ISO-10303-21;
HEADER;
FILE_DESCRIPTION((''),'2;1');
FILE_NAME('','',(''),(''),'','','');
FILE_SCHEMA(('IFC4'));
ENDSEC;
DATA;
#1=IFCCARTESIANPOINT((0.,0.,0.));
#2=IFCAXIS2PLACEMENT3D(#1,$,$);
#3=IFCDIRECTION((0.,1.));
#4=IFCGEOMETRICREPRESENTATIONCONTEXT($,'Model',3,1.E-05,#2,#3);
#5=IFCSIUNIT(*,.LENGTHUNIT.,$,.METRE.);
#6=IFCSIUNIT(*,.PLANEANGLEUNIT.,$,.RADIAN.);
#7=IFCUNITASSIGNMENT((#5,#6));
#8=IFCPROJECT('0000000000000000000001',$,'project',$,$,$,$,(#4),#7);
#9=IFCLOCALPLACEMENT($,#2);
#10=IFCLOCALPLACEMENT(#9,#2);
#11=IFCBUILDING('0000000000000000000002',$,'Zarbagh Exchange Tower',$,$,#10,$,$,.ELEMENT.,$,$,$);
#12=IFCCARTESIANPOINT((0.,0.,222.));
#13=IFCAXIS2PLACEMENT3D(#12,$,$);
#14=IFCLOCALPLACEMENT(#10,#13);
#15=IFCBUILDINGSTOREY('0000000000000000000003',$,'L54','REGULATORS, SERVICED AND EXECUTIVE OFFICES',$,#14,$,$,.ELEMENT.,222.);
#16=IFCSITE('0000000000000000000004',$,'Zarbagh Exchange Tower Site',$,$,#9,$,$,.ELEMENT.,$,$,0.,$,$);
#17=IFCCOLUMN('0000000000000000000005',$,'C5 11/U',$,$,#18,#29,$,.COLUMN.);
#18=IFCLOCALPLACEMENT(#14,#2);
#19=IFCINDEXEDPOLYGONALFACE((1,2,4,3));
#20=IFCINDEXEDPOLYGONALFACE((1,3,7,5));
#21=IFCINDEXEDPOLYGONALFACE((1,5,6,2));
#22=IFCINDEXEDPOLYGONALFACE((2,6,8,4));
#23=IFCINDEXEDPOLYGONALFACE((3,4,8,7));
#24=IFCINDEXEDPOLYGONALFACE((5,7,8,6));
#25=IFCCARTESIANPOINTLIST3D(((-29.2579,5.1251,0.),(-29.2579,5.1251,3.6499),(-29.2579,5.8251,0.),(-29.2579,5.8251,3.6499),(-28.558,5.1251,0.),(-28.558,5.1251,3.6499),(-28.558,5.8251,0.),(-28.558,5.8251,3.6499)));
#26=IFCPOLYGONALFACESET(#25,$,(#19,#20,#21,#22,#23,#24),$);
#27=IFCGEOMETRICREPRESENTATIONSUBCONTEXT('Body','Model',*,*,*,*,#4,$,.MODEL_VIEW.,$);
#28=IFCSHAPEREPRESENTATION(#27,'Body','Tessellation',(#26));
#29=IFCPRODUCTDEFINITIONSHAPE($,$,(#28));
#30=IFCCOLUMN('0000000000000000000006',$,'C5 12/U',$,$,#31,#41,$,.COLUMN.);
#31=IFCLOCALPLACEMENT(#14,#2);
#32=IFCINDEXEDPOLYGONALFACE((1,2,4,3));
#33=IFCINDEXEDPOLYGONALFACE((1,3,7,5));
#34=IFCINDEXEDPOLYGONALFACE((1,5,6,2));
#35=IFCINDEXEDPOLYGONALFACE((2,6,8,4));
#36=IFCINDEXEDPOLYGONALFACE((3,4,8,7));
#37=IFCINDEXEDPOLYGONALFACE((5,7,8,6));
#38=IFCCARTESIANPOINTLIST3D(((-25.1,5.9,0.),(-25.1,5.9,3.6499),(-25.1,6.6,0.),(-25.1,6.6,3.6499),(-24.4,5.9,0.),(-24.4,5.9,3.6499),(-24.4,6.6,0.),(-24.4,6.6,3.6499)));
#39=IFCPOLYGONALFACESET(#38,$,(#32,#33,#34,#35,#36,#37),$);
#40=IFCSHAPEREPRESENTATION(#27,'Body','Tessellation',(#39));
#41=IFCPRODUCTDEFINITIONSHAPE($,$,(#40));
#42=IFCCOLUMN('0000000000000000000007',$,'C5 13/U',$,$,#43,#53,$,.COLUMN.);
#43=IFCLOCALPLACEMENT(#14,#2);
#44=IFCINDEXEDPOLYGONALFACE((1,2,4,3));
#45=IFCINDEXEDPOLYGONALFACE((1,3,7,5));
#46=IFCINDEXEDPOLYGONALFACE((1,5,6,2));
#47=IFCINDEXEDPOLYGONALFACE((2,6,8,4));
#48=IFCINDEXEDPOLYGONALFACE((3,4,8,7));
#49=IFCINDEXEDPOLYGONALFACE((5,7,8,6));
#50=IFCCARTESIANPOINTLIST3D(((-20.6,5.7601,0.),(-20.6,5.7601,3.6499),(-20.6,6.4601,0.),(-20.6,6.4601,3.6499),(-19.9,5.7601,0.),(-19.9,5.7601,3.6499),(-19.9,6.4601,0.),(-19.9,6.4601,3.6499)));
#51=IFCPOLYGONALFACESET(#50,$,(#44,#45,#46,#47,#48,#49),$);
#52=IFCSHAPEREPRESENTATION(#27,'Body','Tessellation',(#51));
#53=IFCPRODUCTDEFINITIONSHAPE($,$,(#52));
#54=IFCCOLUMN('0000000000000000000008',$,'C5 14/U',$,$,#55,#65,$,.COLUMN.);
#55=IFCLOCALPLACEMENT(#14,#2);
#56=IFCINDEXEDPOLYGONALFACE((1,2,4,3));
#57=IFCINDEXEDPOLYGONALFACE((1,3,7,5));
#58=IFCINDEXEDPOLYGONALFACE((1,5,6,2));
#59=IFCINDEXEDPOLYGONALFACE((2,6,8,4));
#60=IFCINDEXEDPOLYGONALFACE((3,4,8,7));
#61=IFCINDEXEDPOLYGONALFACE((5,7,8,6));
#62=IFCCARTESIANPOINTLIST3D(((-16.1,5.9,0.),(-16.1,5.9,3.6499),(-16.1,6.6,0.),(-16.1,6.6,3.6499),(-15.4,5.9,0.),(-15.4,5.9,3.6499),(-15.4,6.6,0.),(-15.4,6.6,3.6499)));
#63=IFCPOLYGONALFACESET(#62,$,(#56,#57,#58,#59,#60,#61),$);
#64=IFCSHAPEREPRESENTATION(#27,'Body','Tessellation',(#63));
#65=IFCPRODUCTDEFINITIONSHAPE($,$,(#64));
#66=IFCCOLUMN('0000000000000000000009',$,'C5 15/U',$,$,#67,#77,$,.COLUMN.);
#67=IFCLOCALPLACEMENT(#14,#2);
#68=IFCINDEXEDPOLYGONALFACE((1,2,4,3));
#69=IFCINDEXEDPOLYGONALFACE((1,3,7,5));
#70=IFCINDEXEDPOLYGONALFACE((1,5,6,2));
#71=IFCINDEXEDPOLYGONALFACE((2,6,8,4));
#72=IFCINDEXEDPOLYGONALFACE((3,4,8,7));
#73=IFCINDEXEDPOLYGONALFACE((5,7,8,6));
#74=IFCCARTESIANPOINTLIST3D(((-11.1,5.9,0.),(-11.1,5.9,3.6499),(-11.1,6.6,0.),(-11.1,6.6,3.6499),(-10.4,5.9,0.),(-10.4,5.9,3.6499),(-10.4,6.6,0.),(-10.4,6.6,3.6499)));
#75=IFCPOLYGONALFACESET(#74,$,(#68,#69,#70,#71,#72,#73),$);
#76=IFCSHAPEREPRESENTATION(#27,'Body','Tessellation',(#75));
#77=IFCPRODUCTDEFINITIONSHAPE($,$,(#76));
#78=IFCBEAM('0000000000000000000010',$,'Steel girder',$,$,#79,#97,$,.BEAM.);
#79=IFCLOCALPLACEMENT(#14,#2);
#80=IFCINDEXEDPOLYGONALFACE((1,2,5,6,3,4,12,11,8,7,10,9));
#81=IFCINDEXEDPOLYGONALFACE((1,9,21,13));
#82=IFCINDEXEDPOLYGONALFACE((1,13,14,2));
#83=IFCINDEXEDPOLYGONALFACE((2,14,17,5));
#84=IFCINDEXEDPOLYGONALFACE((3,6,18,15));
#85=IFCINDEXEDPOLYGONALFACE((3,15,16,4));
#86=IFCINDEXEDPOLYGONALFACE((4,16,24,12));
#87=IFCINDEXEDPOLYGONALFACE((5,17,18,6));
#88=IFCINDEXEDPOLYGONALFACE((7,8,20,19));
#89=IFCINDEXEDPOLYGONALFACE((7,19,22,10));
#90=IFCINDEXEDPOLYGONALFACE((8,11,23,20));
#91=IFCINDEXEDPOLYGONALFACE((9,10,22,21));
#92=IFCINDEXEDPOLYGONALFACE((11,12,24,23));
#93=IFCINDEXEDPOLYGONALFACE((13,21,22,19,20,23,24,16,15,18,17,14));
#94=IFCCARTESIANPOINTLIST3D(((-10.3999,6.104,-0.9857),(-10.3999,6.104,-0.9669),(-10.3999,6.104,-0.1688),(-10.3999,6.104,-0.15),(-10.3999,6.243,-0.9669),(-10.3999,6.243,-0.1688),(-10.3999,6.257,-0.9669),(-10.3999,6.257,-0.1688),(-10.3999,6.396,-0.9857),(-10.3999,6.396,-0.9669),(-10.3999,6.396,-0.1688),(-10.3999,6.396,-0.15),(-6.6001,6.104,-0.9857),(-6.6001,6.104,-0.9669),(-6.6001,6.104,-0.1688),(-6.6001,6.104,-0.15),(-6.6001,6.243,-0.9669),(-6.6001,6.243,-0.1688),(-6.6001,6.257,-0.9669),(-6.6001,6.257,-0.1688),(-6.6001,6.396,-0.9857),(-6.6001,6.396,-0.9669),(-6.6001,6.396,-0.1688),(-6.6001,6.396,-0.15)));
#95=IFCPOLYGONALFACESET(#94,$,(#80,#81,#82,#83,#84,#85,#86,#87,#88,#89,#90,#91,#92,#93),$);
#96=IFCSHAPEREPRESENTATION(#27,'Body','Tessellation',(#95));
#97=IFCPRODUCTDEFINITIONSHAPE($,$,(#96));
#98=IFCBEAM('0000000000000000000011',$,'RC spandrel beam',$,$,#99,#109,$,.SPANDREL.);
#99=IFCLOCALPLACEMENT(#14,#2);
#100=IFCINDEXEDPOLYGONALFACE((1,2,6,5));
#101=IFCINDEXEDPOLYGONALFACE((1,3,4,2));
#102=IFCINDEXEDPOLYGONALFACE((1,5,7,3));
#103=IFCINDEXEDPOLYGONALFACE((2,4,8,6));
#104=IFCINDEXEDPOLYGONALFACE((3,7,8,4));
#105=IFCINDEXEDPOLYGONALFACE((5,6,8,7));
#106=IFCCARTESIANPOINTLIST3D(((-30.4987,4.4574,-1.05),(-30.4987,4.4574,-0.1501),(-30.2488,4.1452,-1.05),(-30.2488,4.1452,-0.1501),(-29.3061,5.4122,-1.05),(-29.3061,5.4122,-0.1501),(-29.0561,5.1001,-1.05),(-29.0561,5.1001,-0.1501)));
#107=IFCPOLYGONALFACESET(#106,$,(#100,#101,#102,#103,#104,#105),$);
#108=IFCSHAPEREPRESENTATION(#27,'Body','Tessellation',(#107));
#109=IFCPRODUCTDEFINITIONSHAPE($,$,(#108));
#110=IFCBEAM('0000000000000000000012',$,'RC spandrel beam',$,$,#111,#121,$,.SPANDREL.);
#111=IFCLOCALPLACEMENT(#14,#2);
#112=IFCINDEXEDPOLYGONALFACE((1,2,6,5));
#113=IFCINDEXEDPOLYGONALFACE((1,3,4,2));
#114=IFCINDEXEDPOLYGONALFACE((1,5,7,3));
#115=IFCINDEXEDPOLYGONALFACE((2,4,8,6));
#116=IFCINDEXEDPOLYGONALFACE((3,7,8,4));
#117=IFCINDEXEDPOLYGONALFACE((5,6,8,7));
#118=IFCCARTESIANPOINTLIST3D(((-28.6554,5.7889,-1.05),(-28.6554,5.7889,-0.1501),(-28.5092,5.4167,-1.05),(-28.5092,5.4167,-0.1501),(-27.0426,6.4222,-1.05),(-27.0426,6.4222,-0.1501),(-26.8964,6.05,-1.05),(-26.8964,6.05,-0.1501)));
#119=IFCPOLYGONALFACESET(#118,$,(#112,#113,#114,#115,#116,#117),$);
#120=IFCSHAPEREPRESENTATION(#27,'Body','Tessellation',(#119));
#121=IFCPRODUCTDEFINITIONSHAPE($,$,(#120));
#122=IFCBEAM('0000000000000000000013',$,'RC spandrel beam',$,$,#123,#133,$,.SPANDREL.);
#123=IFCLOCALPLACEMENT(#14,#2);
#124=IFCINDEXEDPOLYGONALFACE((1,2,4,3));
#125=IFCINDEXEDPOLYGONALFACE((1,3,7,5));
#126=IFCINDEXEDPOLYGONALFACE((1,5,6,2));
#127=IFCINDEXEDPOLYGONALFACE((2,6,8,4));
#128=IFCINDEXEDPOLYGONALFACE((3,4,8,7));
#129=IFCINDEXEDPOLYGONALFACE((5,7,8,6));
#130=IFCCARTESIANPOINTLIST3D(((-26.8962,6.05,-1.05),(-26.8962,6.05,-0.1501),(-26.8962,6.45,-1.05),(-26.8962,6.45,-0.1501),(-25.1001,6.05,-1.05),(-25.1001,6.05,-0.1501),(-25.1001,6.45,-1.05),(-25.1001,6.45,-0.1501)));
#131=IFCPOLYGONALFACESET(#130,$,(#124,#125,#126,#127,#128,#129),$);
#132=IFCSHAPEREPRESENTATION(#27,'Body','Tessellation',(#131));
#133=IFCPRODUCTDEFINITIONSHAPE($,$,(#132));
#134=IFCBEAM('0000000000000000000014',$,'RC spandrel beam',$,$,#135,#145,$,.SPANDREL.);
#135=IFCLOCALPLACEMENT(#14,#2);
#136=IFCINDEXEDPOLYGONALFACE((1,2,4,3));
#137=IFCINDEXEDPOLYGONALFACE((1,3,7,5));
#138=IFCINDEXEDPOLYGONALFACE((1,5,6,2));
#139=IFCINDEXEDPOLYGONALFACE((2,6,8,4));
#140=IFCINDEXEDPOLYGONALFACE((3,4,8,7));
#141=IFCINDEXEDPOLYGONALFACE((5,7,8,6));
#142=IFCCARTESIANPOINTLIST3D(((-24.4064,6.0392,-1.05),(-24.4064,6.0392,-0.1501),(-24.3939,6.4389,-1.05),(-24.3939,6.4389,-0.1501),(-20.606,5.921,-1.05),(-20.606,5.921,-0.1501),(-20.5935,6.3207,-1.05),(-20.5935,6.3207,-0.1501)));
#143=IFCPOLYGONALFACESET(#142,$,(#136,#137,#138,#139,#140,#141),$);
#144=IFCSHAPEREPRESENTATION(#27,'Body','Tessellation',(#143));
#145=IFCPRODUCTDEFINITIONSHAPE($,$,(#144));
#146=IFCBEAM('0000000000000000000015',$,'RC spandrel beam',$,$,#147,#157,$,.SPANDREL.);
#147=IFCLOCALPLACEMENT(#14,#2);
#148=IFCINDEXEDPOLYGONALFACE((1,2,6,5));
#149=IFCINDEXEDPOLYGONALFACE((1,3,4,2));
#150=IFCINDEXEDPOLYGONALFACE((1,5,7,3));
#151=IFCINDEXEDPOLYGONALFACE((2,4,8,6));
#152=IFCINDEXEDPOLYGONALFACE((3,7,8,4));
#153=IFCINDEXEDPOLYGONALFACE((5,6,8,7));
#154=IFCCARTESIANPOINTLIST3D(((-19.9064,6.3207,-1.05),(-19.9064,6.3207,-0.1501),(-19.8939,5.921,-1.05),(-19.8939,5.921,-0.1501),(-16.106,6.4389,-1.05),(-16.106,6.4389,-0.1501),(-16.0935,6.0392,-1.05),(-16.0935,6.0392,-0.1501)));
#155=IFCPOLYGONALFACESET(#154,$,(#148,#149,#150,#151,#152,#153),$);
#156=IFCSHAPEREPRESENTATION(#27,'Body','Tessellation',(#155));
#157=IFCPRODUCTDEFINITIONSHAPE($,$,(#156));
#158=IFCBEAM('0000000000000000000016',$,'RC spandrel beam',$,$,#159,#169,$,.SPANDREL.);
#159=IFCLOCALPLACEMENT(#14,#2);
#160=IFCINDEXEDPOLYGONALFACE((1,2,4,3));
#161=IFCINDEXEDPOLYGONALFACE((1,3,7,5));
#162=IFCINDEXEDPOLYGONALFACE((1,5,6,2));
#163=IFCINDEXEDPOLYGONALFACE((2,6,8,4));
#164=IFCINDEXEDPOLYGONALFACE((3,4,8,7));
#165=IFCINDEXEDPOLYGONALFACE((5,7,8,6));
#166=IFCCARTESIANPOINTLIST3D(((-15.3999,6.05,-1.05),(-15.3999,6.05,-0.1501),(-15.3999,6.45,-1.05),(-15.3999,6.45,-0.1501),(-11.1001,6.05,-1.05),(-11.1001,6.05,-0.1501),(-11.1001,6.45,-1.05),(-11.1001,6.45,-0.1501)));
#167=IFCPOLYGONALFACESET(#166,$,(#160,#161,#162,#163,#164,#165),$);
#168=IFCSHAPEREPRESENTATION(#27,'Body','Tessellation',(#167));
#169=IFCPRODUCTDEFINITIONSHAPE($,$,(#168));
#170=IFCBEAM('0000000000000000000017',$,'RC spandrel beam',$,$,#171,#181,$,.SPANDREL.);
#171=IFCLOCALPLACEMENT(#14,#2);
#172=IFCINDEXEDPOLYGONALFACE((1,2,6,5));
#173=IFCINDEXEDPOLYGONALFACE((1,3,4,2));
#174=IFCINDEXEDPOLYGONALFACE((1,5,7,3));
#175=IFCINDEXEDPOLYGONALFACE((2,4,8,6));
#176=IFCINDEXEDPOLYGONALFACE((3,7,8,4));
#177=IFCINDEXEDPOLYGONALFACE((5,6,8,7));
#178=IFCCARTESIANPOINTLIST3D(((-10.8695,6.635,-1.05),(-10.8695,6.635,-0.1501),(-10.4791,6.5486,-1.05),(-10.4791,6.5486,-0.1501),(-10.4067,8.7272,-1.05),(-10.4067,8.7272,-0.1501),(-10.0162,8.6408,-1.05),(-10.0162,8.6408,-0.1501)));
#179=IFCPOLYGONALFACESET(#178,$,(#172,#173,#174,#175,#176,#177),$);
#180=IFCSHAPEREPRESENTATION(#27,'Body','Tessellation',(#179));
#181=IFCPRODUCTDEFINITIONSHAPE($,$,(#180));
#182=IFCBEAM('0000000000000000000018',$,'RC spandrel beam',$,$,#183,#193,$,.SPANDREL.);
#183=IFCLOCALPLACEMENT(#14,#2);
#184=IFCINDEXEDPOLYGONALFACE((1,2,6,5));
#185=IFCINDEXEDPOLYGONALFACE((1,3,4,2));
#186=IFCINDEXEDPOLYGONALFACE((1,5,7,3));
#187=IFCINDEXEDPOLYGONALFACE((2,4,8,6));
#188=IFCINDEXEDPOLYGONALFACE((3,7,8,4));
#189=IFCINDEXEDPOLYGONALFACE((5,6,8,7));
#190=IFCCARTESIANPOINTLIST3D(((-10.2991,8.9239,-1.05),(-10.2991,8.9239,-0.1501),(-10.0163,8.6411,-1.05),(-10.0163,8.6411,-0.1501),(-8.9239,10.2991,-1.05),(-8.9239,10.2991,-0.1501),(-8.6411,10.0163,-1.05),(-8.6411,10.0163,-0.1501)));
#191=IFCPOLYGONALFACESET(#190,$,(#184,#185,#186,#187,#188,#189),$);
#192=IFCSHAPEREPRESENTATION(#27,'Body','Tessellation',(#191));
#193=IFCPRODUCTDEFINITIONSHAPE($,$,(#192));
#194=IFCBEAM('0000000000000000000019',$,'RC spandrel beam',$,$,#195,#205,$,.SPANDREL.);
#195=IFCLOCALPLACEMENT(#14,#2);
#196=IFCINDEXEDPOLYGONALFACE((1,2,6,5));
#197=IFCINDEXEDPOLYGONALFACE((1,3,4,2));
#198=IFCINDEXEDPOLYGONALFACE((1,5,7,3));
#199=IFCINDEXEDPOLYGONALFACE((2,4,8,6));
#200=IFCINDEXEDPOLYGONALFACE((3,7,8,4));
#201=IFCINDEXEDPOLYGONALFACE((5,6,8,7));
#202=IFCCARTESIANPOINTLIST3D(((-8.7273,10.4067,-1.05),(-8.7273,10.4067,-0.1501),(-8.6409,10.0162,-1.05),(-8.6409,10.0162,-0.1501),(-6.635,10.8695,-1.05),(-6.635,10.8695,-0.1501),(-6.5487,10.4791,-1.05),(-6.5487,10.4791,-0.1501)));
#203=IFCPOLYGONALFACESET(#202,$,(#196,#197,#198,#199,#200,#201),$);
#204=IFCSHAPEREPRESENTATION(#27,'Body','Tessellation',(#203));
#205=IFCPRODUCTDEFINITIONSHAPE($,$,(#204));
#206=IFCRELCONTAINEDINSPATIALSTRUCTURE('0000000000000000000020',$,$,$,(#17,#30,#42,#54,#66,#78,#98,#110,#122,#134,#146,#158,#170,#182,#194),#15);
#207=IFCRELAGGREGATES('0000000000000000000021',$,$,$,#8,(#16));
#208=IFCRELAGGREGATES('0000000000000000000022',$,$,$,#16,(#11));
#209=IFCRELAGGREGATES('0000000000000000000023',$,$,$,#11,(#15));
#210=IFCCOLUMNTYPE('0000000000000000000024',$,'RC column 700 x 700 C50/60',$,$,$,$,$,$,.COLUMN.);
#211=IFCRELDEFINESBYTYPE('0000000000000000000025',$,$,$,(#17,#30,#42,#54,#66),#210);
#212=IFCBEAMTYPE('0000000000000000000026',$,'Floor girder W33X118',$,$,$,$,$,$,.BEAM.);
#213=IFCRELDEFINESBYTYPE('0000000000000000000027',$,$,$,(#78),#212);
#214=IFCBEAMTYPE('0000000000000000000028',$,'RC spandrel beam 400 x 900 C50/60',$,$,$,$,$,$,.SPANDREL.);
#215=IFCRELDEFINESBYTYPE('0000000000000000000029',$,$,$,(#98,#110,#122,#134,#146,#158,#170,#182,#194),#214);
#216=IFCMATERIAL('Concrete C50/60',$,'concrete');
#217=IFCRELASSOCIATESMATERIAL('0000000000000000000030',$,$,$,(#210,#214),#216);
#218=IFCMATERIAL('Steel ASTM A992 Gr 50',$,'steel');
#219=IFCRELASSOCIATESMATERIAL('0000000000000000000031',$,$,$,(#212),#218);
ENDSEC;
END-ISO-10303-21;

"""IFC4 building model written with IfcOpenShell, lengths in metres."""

from ifc_helpers import new_model, si_unit, direction, frame, origin, origin_2d, place, context, subcontext, project, spatial, rectangle, i_section, extrude, material, material_profile, profile_set, type_object, element, save


model = new_model("IFC4")

# Units and contexts
model_context = context("Model", 3, precision=1e-05, world=origin(), true_north=direction((0.0, 1.0)))
body_context = subcontext(model_context, "Body", "Model", "MODEL_VIEW")
ifc_project = project(units=[si_unit("LENGTHUNIT", "METRE"), si_unit("PLANEANGLEUNIT", "RADIAN")], contexts=[model_context])

# Site, building, storey
site_placement = place(None, origin())
site = spatial("IfcSite", under=ifc_project, at=site_placement, Name="Zarbagh Exchange Tower Site", CompositionType="ELEMENT", RefElevation=0.0)
building_placement = place(site_placement, origin())
building = spatial("IfcBuilding", under=site, at=building_placement, Name="Zarbagh Exchange Tower", CompositionType="ELEMENT")
storey_placement = place(building_placement, frame((0.0, 0.0, 222.0)))
storey = spatial("IfcBuildingStorey", under=building, at=storey_placement, Name="L54", Description="REGULATORS, SERVICED AND EXECUTIVE OFFICES", CompositionType="ELEMENT", Elevation=222.0)

# Columns
ifc_material_1 = material(Name="Concrete C50/60", Category="concrete")
ifc_material_profile_1 = material_profile(ifc_material_1, rectangle(XDim=0.7, YDim=0.7, at=origin_2d()), Name="RC column 700 x 700 C50/60")
ifc_profile_set_1 = profile_set([ifc_material_profile_1], Name="Concrete C50/60")
column_type = type_object("IfcColumnType", Name="RC column 700 x 700 C50/60", PredefinedType="COLUMN", material=ifc_profile_set_1)
for number, where, z_axis, x_axis, name in (
    (1, (-28.908, 5.4751, 0.0), (0.0, 0.0, 1.0), (1.0, 0.0, 0.0), "C5 11/U"),
    (2, (-24.75, 6.25, 0.0), (0.0, 0.0, 1.0), (1.0, 0.0, 0.0), "C5 12/U"),
    (3, (-20.25, 6.1101, 0.0), (0.0, 0.0, 1.0), (1.0, 0.0, 0.0), "C5 13/U"),
    (4, (-15.75, 6.25, 0.0), (0.0, 0.0, 1.0), (1.0, 0.0, 0.0), "C5 14/U"),
    (5, (-10.75, 6.25, 0.0), (0.0, 0.0, 1.0), (1.0, 0.0, 0.0), "C5 15/U"),
):
    element("IfcColumn", number, at=place(storey_placement, frame(where, z_axis=z_axis, x_axis=x_axis)), inside=storey, type_object=column_type, Name=name, PredefinedType="COLUMN", context=body_context, shape_type="SweptSolid", body=[
        extrude(rectangle(XDim=0.7, YDim=0.7, at=origin_2d()), origin(), (0.0, 0.0, 1.0), 3.6499),
    ])

# Beams
ifc_material_2 = material(Name="Steel ASTM A992 Gr 50", Category="steel")
ifc_material_profile_2 = material_profile(ifc_material_2, i_section(OverallWidth=0.292, OverallDepth=0.8357, WebThickness=0.0139, FlangeThickness=0.0188, at=origin_2d()), Name="W33X118")
ifc_profile_set_2 = profile_set([ifc_material_profile_2], Name="Steel ASTM A992 Gr 50")
beam_type_1 = type_object("IfcBeamType", Name="Floor girder W33X118", PredefinedType="BEAM", material=ifc_profile_set_2)
beam_1_placement = place(storey_placement, frame((-10.3999, 6.25, -0.5679), z_axis=(1.0, 0.0, 0.0), x_axis=(0.0, 1.0, 0.0)))
element("IfcBeam", 6, at=beam_1_placement, inside=storey, type_object=beam_type_1, Name="Steel girder", PredefinedType="BEAM", context=body_context, shape_type="SweptSolid", body=[
    extrude(i_section(OverallWidth=0.292, OverallDepth=0.8357, WebThickness=0.0139, FlangeThickness=0.0188, at=origin_2d()), origin(), (0.0, 0.0, 1.0), 3.7998),
])
ifc_material_profile_3 = material_profile(ifc_material_1, rectangle(XDim=0.3999, YDim=0.8999, at=origin_2d()), Name="RC spandrel beam 400 x 900 C50/60")
ifc_profile_set_3 = profile_set([ifc_material_profile_3], Name="Concrete C50/60")
beam_type_2 = type_object("IfcBeamType", Name="RC spandrel beam 400 x 900 C50/60", PredefinedType="SPANDREL", material=ifc_profile_set_3)
beam_2_placement = place(storey_placement, frame((-30.3738, 4.3013, -0.6001), z_axis=(0.780635, 0.624987, 0.0), x_axis=(-0.624987, 0.780635, 0.0)))
element("IfcBeam", 7, at=beam_2_placement, inside=storey, type_object=beam_type_2, Name="RC spandrel beam", PredefinedType="SPANDREL", context=body_context, shape_type="SweptSolid", body=[
    extrude(rectangle(XDim=0.3999, YDim=0.8999, at=origin_2d()), origin(), (0.0, 0.0, 1.0), 1.5278),
])
beam_3_placement = place(storey_placement, frame((-28.5823, 5.6028, -0.6001), z_axis=(0.93081, 0.365504, 0.0), x_axis=(-0.365504, 0.93081, 0.0)))
element("IfcBeam", 8, at=beam_3_placement, inside=storey, type_object=beam_type_2, Name="RC spandrel beam", PredefinedType="SPANDREL", context=body_context, shape_type="SweptSolid", body=[
    extrude(rectangle(XDim=0.3999, YDim=0.8999, at=origin_2d()), origin(), (0.0, 0.0, 1.0), 1.7327),
])
beam_4_placement = place(storey_placement, frame((-26.8962, 6.25, -0.6001), z_axis=(1.0, 0.0, 0.0), x_axis=(0.0, 1.0, 0.0)))
element("IfcBeam", 9, at=beam_4_placement, inside=storey, type_object=beam_type_2, Name="RC spandrel beam", PredefinedType="SPANDREL", context=body_context, shape_type="SweptSolid", body=[
    extrude(rectangle(XDim=0.3999, YDim=0.8999, at=origin_2d()), origin(), (0.0, 0.0, 1.0), 1.7961),
])
for number, where, z_axis, x_axis, name in (
    (10, (-24.4001, 6.239, -0.6001), (0.999517, -0.031078, 0.0), (0.031078, 0.999517, 0.0), "RC spandrel beam"),
    (11, (-19.9001, 6.1208, -0.6001), (0.999517, 0.031078, 0.0), (-0.031078, 0.999517, 0.0), "RC spandrel beam"),
):
    element("IfcBeam", number, at=place(storey_placement, frame(where, z_axis=z_axis, x_axis=x_axis)), inside=storey, type_object=beam_type_2, Name=name, PredefinedType="SPANDREL", context=body_context, shape_type="SweptSolid", body=[
        extrude(rectangle(XDim=0.3999, YDim=0.8999, at=origin_2d()), origin(), (0.0, 0.0, 1.0), 3.8022),
    ])
beam_5_placement = place(storey_placement, frame((-15.3999, 6.25, -0.6001), z_axis=(1.0, 0.0, 0.0), x_axis=(0.0, 1.0, 0.0)))
element("IfcBeam", 12, at=beam_5_placement, inside=storey, type_object=beam_type_2, Name="RC spandrel beam", PredefinedType="SPANDREL", context=body_context, shape_type="SweptSolid", body=[
    extrude(rectangle(XDim=0.3999, YDim=0.8999, at=origin_2d()), origin(), (0.0, 0.0, 1.0), 4.2998),
])
beam_6_placement = place(storey_placement, frame((-10.6743, 6.5918, -0.6001), z_axis=(0.216014, 0.97639, 0.0), x_axis=(-0.97639, 0.216014, 0.0)))
element("IfcBeam", 13, at=beam_6_placement, inside=storey, type_object=beam_type_2, Name="RC spandrel beam", PredefinedType="SPANDREL", context=body_context, shape_type="SweptSolid", body=[
    extrude(rectangle(XDim=0.3999, YDim=0.8999, at=origin_2d()), origin(), (0.0, 0.0, 1.0), 2.1428),
])
beam_7_placement = place(storey_placement, frame((-10.1577, 8.7825, -0.6001), z_axis=(0.707107, 0.707107, 0.0), x_axis=(-0.707107, 0.707107, 0.0)))
element("IfcBeam", 14, at=beam_7_placement, inside=storey, type_object=beam_type_2, Name="RC spandrel beam", PredefinedType="SPANDREL", context=body_context, shape_type="SweptSolid", body=[
    extrude(rectangle(XDim=0.3999, YDim=0.8999, at=origin_2d()), origin(), (0.0, 0.0, 1.0), 1.9448),
])
beam_8_placement = place(storey_placement, frame((-8.6841, 10.2114, -0.6001), z_axis=(0.97639, 0.216014, 0.0), x_axis=(-0.216014, 0.97639, 0.0)))
element("IfcBeam", 15, at=beam_8_placement, inside=storey, type_object=beam_type_2, Name="RC spandrel beam", PredefinedType="SPANDREL", context=body_context, shape_type="SweptSolid", body=[
    extrude(rectangle(XDim=0.3999, YDim=0.8999, at=origin_2d()), origin(), (0.0, 0.0, 1.0), 2.1428),
])

save(model, "model.ifc")
